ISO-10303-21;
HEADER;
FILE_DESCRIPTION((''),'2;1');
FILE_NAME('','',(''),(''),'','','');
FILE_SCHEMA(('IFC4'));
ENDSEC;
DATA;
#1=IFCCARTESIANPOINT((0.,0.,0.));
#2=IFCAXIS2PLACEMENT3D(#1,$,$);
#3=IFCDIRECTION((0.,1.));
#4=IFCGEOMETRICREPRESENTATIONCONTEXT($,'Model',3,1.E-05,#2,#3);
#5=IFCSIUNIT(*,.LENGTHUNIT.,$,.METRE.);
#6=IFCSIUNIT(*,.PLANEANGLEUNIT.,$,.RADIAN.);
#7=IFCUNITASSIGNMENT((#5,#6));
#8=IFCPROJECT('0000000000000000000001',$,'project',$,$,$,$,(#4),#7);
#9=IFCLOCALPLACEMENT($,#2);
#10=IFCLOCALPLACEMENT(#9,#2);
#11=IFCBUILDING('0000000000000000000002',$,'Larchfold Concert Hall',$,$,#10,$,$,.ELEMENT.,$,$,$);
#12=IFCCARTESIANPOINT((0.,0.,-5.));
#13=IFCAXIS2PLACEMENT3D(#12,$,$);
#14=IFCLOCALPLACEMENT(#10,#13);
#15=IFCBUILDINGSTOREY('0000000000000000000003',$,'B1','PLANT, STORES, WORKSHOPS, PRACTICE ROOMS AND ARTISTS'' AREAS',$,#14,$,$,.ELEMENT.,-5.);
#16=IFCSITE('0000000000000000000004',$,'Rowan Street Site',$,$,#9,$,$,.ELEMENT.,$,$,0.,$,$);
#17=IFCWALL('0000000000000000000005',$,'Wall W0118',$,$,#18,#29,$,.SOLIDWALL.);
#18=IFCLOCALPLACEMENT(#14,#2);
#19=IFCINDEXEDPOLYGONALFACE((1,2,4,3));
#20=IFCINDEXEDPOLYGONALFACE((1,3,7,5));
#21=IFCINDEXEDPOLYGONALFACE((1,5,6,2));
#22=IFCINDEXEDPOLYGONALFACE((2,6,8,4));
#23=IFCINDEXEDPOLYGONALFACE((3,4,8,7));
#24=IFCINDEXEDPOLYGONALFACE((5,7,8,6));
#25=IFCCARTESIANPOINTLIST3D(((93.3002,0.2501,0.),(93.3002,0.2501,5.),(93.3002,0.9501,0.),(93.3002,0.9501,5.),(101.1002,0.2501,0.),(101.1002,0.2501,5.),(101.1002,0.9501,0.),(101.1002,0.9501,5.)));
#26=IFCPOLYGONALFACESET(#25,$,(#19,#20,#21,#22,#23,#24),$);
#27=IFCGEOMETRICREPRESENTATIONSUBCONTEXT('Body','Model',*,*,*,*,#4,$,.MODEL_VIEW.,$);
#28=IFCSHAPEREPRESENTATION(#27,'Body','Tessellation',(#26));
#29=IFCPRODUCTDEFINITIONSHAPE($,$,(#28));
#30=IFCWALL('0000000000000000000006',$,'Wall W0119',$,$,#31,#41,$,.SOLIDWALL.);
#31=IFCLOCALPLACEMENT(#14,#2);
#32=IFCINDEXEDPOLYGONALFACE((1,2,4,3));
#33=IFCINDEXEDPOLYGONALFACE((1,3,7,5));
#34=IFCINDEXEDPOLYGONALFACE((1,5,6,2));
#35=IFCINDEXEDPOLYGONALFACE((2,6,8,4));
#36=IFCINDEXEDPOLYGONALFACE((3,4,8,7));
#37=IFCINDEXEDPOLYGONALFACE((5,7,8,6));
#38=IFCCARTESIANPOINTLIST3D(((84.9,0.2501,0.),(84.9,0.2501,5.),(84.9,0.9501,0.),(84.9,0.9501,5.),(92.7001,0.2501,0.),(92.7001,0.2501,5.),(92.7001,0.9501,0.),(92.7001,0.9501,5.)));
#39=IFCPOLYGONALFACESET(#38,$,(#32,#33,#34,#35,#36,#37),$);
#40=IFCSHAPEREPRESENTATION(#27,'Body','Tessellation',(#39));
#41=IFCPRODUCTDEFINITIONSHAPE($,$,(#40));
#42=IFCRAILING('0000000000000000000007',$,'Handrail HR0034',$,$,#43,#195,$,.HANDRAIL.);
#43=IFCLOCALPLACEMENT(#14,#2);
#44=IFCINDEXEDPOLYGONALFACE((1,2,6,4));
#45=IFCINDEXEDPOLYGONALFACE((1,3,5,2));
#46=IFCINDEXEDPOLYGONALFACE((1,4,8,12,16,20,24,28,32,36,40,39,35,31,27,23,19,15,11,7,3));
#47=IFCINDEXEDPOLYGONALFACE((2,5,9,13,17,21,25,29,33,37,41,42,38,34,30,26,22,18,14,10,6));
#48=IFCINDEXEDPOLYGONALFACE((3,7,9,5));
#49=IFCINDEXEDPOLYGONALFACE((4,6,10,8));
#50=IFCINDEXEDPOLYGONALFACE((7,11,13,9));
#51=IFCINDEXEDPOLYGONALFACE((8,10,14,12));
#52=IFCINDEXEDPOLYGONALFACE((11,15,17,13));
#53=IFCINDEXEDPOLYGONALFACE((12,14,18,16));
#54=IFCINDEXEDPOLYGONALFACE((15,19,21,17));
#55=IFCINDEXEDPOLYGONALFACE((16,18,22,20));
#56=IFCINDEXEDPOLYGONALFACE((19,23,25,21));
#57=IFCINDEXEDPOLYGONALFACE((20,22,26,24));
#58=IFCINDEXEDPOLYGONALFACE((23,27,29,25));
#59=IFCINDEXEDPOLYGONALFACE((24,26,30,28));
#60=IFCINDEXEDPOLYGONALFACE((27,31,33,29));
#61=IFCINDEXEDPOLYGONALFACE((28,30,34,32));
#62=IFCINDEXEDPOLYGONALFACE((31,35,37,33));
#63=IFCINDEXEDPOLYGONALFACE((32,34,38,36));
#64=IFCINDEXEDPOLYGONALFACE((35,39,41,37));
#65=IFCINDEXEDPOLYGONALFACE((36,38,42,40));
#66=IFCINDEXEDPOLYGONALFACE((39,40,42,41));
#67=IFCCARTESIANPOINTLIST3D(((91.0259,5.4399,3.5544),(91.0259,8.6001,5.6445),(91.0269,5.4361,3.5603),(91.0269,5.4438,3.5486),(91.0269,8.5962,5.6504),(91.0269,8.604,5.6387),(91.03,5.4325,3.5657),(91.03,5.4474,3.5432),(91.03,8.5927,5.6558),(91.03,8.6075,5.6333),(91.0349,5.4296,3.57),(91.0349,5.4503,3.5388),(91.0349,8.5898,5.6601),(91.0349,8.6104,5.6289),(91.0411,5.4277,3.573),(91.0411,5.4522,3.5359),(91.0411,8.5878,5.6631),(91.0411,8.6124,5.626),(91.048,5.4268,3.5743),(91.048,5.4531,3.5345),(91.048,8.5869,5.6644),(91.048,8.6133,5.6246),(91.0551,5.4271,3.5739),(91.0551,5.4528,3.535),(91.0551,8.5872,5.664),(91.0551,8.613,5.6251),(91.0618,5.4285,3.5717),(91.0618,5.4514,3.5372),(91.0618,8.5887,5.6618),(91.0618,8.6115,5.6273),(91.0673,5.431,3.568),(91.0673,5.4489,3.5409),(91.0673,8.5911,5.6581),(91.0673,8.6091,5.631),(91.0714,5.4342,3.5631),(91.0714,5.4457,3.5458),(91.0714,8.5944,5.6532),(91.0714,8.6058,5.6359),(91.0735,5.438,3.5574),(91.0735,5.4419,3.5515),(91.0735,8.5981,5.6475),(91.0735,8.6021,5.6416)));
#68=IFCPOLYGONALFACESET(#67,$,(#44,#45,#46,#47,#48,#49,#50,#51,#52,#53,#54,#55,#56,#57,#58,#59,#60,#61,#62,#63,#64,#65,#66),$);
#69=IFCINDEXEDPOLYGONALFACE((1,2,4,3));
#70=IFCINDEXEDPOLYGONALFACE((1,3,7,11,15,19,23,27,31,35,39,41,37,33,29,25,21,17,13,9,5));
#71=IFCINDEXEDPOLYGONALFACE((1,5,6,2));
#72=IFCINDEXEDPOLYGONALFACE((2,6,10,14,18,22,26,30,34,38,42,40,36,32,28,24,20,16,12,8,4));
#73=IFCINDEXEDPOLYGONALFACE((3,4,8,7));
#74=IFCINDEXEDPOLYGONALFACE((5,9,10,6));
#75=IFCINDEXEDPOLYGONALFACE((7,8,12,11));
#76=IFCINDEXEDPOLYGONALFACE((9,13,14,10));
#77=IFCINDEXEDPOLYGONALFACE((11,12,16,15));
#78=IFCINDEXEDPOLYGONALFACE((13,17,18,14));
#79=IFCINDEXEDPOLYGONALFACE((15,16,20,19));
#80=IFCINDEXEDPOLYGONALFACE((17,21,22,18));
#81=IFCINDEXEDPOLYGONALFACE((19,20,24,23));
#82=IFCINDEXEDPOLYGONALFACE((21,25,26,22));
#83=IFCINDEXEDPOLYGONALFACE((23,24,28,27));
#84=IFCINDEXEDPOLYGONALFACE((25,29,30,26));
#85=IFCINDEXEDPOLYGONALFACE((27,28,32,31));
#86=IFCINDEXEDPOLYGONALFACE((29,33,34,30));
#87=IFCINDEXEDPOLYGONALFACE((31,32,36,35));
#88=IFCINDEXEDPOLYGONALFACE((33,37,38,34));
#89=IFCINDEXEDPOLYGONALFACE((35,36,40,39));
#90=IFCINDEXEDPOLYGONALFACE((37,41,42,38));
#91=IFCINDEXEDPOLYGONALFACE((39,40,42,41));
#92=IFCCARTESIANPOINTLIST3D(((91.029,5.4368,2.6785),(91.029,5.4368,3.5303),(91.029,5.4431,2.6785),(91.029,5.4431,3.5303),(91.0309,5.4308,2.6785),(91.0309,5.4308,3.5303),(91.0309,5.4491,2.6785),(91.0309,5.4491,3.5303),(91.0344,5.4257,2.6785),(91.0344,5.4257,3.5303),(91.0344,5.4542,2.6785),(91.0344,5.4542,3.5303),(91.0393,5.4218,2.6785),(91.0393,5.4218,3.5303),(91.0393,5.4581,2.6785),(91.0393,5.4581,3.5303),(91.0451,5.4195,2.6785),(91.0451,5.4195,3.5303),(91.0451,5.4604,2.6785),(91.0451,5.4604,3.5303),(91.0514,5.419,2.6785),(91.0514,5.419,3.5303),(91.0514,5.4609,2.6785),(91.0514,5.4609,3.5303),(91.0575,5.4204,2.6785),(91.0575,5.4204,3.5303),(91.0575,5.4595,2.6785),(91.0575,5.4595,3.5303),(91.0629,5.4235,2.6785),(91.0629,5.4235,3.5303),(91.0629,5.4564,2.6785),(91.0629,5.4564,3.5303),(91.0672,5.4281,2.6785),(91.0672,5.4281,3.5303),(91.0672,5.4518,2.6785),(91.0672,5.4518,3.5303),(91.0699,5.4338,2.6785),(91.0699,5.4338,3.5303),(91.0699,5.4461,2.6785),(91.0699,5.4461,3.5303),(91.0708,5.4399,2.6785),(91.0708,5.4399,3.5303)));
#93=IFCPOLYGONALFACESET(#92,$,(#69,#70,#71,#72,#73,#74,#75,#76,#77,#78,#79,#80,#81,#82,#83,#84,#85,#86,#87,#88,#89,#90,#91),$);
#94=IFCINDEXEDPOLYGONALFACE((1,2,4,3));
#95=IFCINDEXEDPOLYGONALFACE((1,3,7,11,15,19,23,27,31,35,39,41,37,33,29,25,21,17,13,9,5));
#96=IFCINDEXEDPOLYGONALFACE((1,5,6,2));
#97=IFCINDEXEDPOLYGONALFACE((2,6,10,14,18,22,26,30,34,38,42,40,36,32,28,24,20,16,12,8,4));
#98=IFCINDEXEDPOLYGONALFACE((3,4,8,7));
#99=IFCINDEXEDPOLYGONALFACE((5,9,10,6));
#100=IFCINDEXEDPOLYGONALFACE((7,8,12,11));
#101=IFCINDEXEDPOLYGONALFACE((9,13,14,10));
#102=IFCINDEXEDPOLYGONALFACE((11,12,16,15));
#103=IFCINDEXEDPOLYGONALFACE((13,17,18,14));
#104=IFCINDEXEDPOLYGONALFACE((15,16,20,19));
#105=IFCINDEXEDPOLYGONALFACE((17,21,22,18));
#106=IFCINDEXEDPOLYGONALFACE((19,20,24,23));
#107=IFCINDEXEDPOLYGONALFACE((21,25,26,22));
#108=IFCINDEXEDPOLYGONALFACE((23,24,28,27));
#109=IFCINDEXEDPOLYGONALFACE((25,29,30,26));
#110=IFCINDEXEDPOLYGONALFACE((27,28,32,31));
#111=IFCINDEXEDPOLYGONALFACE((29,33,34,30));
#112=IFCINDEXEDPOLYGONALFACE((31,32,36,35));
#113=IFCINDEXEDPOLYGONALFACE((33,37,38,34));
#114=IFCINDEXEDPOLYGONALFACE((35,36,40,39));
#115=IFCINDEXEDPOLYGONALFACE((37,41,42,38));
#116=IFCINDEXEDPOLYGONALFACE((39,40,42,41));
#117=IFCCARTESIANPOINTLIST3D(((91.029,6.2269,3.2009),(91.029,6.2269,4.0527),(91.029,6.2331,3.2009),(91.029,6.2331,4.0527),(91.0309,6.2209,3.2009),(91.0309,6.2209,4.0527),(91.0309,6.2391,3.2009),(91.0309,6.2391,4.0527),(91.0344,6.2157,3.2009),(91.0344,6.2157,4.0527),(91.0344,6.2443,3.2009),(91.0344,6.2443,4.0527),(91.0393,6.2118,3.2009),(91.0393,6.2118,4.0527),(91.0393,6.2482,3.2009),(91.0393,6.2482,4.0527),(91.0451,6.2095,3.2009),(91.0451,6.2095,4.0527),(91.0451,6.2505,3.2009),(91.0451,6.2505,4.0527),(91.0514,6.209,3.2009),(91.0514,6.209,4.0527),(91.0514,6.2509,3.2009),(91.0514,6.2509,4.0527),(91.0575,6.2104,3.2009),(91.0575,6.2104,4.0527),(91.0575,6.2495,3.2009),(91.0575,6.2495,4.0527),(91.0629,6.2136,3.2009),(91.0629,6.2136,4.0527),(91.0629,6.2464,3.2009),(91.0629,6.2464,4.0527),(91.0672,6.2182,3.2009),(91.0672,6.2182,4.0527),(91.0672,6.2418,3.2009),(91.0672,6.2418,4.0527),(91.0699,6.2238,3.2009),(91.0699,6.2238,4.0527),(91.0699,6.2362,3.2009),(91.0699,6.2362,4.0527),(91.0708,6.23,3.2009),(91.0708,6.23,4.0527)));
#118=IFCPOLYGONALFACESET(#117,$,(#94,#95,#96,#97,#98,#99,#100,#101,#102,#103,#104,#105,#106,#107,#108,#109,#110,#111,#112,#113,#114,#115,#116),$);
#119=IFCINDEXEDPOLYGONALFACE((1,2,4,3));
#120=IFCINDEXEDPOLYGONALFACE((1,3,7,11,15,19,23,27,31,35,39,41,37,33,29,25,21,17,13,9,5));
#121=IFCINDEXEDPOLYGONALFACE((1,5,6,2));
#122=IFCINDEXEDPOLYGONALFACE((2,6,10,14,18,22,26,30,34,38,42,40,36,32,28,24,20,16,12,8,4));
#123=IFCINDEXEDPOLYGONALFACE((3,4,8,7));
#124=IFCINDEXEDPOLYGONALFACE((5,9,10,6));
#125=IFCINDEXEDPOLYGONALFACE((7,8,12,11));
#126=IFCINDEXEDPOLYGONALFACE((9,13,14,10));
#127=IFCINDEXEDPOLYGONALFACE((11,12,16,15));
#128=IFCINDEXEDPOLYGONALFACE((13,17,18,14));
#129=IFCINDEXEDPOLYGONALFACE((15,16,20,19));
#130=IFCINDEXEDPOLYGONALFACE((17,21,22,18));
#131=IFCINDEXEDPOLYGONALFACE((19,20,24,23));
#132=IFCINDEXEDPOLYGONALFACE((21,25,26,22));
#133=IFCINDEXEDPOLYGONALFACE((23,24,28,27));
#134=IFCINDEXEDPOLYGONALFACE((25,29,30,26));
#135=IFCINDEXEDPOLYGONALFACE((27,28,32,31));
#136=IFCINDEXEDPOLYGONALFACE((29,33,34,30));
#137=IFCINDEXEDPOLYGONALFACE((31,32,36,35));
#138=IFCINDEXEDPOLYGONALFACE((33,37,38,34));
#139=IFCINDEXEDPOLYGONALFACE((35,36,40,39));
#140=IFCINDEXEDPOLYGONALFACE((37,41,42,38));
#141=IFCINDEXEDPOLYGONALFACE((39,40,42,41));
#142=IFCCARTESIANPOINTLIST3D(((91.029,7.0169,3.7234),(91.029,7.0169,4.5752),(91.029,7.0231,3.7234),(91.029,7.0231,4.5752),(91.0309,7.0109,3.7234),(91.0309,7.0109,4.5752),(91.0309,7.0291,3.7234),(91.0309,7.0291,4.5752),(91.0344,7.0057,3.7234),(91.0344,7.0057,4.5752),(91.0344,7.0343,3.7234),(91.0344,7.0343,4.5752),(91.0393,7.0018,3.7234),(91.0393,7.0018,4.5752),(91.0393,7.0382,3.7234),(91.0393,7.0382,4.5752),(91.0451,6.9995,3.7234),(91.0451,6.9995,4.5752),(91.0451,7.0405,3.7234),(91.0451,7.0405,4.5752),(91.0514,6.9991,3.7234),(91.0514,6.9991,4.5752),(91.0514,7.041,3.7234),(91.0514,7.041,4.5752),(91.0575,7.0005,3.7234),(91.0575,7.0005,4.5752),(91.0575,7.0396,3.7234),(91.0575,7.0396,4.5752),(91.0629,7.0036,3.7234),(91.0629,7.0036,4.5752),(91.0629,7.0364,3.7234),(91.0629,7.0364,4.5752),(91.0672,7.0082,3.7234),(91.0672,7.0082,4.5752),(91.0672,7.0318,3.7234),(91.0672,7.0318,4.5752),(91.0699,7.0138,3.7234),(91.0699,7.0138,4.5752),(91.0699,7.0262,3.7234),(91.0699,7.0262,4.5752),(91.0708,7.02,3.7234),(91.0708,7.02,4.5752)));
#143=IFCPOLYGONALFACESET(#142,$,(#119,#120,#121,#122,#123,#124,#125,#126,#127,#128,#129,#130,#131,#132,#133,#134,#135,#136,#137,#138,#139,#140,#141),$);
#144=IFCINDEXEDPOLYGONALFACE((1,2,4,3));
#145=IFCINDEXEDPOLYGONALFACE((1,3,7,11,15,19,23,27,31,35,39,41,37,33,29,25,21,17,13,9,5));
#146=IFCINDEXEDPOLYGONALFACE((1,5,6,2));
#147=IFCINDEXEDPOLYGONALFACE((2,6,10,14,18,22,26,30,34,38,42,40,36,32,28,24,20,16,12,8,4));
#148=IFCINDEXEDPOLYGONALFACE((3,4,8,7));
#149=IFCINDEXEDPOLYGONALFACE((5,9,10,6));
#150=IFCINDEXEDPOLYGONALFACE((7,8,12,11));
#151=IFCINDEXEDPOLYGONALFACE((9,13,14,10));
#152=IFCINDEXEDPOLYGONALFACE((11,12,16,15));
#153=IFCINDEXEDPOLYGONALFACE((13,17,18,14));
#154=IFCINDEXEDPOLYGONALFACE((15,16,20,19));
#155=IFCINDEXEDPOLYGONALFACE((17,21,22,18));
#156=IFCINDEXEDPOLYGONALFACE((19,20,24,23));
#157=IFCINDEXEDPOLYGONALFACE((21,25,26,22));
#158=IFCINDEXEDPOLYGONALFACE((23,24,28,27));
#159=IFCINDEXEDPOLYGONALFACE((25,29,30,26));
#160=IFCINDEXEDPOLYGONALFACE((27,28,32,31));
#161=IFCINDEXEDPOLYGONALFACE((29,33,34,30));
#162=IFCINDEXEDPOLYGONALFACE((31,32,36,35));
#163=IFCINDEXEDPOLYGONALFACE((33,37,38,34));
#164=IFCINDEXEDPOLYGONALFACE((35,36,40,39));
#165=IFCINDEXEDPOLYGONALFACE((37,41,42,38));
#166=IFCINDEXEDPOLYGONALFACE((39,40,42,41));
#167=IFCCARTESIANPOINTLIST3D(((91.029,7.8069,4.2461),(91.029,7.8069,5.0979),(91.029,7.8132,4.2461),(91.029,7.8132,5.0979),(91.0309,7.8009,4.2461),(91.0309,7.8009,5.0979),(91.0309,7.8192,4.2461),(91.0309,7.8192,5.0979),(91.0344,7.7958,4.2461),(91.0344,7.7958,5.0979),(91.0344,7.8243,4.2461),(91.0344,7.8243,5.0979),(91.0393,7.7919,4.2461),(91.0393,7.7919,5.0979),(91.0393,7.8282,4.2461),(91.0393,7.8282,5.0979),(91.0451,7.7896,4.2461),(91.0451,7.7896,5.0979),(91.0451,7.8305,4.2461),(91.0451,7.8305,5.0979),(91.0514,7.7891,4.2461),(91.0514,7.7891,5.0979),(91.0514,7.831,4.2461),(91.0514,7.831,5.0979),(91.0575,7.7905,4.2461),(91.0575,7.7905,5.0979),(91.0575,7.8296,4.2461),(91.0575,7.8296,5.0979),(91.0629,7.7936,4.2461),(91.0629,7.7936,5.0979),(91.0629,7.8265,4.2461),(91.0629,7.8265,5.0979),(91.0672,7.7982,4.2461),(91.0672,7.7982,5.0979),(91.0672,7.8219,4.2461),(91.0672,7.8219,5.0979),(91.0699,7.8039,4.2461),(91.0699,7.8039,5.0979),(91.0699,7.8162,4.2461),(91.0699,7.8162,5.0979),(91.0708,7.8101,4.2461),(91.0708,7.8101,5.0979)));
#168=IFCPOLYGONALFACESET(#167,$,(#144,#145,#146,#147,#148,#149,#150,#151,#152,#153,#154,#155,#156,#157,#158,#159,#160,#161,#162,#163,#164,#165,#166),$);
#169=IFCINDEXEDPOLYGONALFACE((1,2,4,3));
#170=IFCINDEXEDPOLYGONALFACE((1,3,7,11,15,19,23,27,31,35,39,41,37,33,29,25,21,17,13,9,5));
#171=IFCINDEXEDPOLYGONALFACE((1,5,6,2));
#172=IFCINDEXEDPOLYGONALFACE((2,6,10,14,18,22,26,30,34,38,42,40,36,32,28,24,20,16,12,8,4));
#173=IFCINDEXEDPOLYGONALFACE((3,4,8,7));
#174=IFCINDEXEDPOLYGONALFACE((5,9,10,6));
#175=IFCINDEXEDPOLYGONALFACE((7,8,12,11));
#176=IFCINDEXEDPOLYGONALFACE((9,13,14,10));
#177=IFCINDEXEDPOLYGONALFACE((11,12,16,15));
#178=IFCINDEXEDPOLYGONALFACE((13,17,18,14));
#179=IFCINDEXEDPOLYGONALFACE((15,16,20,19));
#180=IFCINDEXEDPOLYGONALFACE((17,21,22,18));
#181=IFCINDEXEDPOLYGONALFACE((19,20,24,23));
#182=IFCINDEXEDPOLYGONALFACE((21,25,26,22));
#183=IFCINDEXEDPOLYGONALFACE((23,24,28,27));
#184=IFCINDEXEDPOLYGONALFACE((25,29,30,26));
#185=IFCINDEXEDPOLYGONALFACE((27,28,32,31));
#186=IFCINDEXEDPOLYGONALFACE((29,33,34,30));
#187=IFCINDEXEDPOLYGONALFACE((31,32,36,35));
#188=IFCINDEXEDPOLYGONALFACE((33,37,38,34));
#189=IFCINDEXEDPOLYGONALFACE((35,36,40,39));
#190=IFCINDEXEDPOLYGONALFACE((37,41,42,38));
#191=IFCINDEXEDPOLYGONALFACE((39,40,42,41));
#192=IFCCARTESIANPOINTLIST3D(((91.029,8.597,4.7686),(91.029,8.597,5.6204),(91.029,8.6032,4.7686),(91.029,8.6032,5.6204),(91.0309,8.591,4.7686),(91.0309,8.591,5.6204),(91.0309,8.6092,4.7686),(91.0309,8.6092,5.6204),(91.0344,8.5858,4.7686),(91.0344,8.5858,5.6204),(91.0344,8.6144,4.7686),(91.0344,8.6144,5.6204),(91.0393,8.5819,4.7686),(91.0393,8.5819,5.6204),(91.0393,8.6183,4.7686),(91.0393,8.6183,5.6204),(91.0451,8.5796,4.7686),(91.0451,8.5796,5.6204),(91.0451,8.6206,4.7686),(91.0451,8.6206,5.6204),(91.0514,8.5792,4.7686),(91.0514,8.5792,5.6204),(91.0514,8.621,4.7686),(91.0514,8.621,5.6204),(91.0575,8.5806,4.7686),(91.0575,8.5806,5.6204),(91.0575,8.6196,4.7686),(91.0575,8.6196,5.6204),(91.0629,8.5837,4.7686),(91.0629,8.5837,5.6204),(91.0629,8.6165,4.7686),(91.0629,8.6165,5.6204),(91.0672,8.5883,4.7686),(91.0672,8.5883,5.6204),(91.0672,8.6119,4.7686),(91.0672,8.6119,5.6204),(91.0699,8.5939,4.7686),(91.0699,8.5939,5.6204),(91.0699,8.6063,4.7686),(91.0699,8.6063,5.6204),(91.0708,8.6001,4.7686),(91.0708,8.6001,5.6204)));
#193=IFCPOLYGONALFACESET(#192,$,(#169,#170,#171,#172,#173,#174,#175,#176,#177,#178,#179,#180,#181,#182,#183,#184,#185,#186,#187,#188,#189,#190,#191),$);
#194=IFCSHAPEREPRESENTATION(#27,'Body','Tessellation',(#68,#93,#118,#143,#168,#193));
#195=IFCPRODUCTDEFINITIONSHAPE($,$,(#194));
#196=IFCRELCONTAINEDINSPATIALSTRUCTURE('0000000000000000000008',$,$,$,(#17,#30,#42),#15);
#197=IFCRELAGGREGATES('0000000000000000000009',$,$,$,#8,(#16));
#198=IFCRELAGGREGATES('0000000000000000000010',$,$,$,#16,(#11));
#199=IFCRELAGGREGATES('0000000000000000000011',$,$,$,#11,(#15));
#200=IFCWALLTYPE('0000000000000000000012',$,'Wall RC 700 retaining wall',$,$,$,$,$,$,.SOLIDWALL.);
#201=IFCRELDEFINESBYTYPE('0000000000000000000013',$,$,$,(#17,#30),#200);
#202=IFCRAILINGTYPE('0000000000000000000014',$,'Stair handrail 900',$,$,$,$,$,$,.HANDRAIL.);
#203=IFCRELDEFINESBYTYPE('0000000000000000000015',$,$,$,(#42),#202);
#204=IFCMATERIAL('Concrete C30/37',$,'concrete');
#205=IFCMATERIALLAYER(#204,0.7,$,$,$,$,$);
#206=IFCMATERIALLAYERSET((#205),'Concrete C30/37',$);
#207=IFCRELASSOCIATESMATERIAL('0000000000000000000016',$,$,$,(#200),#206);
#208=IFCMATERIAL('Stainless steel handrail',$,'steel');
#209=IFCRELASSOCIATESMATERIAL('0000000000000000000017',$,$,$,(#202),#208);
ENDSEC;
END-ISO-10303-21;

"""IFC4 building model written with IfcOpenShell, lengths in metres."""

from ifc_helpers import new_model, si_unit, direction, frame, frame_2d, origin, origin_2d, place, context, subcontext, project, spatial, rectangle, circle, extrude, material, layer, layer_set, type_object, element, save


model = new_model("IFC4")

# Units and contexts
model_context = context("Model", 3, precision=1e-05, world=origin(), true_north=direction((0.0, 1.0)))
body_context = subcontext(model_context, "Body", "Model", "MODEL_VIEW")
ifc_project = project(units=[si_unit("LENGTHUNIT", "METRE"), si_unit("PLANEANGLEUNIT", "RADIAN")], contexts=[model_context])

# Site, building, storey
site_placement = place(None, origin())
site = spatial("IfcSite", under=ifc_project, at=site_placement, Name="Rowan Street Site", CompositionType="ELEMENT", RefElevation=0.0)
building_placement = place(site_placement, origin())
building = spatial("IfcBuilding", under=site, at=building_placement, Name="Larchfold Concert Hall", CompositionType="ELEMENT")
storey_placement = place(building_placement, frame((0.0, 0.0, -5.0)))
storey = spatial("IfcBuildingStorey", under=building, at=storey_placement, Name="B1", Description="PLANT, STORES, WORKSHOPS, PRACTICE ROOMS AND ARTISTS' AREAS", CompositionType="ELEMENT", Elevation=-5.0)

# Walls
ifc_material_1 = material(Name="Concrete C30/37", Category="concrete")
ifc_layer_1 = layer(ifc_material_1, 0.7)
ifc_layer_set_1 = layer_set([ifc_layer_1], Name="Concrete C30/37")
wall_type_1 = type_object("IfcWallType", Name="Wall RC 700 retaining wall", PredefinedType="SOLIDWALL", material=ifc_layer_set_1)
for number, where, z_axis, x_axis, name in (
    (1, (101.1001, 0.6001, 0.0), (0.0, 0.0, 1.0), (-1.0, 0.0, 0.0), "Wall W0118"),
    (2, (92.7, 0.6001, 0.0), (0.0, 0.0, 1.0), (-1.0, 0.0, 0.0), "Wall W0119"),
):
    element("IfcWall", number, at=place(storey_placement, frame(where, z_axis=z_axis, x_axis=x_axis)), inside=storey, type_object=wall_type_1, Name=name, PredefinedType="SOLIDWALL", context=body_context, shape_type="SweptSolid", body=[
        extrude(rectangle(XDim=7.8, YDim=0.7, at=frame_2d((3.8999, 0.0))), origin(), (0.0, 0.0, 1.0), 5.0),
    ])

# Railing
ifc_material_2 = material(Name="Stainless steel handrail", Category="steel")
railing_type = type_object("IfcRailingType", Name="Stair handrail 900", PredefinedType="HANDRAIL", material=ifc_material_2)
railing_placement = place(storey_placement, frame((91.0498, 5.4399, 2.6785)))
element("IfcRailing", 3, at=railing_placement, inside=storey, type_object=railing_type, Name="Handrail HR0034", PredefinedType="HANDRAIL", context=body_context, shape_type="SweptSolid", body=[
    extrude(circle(Radius=0.0239, at=origin_2d()), frame((0.0, 0.0, 0.876), z_axis=(0.0, 0.834077, 0.551648), x_axis=(-1.0, 0.0, 0.0)), (0.0, 0.0, 1.0), 3.7888),
    extrude(circle(Radius=0.021, at=origin_2d()), origin(), (0.0, 0.0, 1.0), 0.8518),
    extrude(circle(Radius=0.021, at=origin_2d()), frame((0.0, 0.79, 0.5225)), (0.0, 0.0, 1.0), 0.8518),
    extrude(circle(Radius=0.021, at=origin_2d()), frame((0.0, 1.5801, 1.0449)), (0.0, 0.0, 1.0), 0.8518),
    extrude(circle(Radius=0.021, at=origin_2d()), frame((0.0, 2.3701, 1.5676)), (0.0, 0.0, 1.0), 0.8518),
    extrude(circle(Radius=0.021, at=origin_2d()), frame((0.0, 3.1602, 2.0901)), (0.0, 0.0, 1.0), 0.8518),
])

save(model, "model.ifc")
